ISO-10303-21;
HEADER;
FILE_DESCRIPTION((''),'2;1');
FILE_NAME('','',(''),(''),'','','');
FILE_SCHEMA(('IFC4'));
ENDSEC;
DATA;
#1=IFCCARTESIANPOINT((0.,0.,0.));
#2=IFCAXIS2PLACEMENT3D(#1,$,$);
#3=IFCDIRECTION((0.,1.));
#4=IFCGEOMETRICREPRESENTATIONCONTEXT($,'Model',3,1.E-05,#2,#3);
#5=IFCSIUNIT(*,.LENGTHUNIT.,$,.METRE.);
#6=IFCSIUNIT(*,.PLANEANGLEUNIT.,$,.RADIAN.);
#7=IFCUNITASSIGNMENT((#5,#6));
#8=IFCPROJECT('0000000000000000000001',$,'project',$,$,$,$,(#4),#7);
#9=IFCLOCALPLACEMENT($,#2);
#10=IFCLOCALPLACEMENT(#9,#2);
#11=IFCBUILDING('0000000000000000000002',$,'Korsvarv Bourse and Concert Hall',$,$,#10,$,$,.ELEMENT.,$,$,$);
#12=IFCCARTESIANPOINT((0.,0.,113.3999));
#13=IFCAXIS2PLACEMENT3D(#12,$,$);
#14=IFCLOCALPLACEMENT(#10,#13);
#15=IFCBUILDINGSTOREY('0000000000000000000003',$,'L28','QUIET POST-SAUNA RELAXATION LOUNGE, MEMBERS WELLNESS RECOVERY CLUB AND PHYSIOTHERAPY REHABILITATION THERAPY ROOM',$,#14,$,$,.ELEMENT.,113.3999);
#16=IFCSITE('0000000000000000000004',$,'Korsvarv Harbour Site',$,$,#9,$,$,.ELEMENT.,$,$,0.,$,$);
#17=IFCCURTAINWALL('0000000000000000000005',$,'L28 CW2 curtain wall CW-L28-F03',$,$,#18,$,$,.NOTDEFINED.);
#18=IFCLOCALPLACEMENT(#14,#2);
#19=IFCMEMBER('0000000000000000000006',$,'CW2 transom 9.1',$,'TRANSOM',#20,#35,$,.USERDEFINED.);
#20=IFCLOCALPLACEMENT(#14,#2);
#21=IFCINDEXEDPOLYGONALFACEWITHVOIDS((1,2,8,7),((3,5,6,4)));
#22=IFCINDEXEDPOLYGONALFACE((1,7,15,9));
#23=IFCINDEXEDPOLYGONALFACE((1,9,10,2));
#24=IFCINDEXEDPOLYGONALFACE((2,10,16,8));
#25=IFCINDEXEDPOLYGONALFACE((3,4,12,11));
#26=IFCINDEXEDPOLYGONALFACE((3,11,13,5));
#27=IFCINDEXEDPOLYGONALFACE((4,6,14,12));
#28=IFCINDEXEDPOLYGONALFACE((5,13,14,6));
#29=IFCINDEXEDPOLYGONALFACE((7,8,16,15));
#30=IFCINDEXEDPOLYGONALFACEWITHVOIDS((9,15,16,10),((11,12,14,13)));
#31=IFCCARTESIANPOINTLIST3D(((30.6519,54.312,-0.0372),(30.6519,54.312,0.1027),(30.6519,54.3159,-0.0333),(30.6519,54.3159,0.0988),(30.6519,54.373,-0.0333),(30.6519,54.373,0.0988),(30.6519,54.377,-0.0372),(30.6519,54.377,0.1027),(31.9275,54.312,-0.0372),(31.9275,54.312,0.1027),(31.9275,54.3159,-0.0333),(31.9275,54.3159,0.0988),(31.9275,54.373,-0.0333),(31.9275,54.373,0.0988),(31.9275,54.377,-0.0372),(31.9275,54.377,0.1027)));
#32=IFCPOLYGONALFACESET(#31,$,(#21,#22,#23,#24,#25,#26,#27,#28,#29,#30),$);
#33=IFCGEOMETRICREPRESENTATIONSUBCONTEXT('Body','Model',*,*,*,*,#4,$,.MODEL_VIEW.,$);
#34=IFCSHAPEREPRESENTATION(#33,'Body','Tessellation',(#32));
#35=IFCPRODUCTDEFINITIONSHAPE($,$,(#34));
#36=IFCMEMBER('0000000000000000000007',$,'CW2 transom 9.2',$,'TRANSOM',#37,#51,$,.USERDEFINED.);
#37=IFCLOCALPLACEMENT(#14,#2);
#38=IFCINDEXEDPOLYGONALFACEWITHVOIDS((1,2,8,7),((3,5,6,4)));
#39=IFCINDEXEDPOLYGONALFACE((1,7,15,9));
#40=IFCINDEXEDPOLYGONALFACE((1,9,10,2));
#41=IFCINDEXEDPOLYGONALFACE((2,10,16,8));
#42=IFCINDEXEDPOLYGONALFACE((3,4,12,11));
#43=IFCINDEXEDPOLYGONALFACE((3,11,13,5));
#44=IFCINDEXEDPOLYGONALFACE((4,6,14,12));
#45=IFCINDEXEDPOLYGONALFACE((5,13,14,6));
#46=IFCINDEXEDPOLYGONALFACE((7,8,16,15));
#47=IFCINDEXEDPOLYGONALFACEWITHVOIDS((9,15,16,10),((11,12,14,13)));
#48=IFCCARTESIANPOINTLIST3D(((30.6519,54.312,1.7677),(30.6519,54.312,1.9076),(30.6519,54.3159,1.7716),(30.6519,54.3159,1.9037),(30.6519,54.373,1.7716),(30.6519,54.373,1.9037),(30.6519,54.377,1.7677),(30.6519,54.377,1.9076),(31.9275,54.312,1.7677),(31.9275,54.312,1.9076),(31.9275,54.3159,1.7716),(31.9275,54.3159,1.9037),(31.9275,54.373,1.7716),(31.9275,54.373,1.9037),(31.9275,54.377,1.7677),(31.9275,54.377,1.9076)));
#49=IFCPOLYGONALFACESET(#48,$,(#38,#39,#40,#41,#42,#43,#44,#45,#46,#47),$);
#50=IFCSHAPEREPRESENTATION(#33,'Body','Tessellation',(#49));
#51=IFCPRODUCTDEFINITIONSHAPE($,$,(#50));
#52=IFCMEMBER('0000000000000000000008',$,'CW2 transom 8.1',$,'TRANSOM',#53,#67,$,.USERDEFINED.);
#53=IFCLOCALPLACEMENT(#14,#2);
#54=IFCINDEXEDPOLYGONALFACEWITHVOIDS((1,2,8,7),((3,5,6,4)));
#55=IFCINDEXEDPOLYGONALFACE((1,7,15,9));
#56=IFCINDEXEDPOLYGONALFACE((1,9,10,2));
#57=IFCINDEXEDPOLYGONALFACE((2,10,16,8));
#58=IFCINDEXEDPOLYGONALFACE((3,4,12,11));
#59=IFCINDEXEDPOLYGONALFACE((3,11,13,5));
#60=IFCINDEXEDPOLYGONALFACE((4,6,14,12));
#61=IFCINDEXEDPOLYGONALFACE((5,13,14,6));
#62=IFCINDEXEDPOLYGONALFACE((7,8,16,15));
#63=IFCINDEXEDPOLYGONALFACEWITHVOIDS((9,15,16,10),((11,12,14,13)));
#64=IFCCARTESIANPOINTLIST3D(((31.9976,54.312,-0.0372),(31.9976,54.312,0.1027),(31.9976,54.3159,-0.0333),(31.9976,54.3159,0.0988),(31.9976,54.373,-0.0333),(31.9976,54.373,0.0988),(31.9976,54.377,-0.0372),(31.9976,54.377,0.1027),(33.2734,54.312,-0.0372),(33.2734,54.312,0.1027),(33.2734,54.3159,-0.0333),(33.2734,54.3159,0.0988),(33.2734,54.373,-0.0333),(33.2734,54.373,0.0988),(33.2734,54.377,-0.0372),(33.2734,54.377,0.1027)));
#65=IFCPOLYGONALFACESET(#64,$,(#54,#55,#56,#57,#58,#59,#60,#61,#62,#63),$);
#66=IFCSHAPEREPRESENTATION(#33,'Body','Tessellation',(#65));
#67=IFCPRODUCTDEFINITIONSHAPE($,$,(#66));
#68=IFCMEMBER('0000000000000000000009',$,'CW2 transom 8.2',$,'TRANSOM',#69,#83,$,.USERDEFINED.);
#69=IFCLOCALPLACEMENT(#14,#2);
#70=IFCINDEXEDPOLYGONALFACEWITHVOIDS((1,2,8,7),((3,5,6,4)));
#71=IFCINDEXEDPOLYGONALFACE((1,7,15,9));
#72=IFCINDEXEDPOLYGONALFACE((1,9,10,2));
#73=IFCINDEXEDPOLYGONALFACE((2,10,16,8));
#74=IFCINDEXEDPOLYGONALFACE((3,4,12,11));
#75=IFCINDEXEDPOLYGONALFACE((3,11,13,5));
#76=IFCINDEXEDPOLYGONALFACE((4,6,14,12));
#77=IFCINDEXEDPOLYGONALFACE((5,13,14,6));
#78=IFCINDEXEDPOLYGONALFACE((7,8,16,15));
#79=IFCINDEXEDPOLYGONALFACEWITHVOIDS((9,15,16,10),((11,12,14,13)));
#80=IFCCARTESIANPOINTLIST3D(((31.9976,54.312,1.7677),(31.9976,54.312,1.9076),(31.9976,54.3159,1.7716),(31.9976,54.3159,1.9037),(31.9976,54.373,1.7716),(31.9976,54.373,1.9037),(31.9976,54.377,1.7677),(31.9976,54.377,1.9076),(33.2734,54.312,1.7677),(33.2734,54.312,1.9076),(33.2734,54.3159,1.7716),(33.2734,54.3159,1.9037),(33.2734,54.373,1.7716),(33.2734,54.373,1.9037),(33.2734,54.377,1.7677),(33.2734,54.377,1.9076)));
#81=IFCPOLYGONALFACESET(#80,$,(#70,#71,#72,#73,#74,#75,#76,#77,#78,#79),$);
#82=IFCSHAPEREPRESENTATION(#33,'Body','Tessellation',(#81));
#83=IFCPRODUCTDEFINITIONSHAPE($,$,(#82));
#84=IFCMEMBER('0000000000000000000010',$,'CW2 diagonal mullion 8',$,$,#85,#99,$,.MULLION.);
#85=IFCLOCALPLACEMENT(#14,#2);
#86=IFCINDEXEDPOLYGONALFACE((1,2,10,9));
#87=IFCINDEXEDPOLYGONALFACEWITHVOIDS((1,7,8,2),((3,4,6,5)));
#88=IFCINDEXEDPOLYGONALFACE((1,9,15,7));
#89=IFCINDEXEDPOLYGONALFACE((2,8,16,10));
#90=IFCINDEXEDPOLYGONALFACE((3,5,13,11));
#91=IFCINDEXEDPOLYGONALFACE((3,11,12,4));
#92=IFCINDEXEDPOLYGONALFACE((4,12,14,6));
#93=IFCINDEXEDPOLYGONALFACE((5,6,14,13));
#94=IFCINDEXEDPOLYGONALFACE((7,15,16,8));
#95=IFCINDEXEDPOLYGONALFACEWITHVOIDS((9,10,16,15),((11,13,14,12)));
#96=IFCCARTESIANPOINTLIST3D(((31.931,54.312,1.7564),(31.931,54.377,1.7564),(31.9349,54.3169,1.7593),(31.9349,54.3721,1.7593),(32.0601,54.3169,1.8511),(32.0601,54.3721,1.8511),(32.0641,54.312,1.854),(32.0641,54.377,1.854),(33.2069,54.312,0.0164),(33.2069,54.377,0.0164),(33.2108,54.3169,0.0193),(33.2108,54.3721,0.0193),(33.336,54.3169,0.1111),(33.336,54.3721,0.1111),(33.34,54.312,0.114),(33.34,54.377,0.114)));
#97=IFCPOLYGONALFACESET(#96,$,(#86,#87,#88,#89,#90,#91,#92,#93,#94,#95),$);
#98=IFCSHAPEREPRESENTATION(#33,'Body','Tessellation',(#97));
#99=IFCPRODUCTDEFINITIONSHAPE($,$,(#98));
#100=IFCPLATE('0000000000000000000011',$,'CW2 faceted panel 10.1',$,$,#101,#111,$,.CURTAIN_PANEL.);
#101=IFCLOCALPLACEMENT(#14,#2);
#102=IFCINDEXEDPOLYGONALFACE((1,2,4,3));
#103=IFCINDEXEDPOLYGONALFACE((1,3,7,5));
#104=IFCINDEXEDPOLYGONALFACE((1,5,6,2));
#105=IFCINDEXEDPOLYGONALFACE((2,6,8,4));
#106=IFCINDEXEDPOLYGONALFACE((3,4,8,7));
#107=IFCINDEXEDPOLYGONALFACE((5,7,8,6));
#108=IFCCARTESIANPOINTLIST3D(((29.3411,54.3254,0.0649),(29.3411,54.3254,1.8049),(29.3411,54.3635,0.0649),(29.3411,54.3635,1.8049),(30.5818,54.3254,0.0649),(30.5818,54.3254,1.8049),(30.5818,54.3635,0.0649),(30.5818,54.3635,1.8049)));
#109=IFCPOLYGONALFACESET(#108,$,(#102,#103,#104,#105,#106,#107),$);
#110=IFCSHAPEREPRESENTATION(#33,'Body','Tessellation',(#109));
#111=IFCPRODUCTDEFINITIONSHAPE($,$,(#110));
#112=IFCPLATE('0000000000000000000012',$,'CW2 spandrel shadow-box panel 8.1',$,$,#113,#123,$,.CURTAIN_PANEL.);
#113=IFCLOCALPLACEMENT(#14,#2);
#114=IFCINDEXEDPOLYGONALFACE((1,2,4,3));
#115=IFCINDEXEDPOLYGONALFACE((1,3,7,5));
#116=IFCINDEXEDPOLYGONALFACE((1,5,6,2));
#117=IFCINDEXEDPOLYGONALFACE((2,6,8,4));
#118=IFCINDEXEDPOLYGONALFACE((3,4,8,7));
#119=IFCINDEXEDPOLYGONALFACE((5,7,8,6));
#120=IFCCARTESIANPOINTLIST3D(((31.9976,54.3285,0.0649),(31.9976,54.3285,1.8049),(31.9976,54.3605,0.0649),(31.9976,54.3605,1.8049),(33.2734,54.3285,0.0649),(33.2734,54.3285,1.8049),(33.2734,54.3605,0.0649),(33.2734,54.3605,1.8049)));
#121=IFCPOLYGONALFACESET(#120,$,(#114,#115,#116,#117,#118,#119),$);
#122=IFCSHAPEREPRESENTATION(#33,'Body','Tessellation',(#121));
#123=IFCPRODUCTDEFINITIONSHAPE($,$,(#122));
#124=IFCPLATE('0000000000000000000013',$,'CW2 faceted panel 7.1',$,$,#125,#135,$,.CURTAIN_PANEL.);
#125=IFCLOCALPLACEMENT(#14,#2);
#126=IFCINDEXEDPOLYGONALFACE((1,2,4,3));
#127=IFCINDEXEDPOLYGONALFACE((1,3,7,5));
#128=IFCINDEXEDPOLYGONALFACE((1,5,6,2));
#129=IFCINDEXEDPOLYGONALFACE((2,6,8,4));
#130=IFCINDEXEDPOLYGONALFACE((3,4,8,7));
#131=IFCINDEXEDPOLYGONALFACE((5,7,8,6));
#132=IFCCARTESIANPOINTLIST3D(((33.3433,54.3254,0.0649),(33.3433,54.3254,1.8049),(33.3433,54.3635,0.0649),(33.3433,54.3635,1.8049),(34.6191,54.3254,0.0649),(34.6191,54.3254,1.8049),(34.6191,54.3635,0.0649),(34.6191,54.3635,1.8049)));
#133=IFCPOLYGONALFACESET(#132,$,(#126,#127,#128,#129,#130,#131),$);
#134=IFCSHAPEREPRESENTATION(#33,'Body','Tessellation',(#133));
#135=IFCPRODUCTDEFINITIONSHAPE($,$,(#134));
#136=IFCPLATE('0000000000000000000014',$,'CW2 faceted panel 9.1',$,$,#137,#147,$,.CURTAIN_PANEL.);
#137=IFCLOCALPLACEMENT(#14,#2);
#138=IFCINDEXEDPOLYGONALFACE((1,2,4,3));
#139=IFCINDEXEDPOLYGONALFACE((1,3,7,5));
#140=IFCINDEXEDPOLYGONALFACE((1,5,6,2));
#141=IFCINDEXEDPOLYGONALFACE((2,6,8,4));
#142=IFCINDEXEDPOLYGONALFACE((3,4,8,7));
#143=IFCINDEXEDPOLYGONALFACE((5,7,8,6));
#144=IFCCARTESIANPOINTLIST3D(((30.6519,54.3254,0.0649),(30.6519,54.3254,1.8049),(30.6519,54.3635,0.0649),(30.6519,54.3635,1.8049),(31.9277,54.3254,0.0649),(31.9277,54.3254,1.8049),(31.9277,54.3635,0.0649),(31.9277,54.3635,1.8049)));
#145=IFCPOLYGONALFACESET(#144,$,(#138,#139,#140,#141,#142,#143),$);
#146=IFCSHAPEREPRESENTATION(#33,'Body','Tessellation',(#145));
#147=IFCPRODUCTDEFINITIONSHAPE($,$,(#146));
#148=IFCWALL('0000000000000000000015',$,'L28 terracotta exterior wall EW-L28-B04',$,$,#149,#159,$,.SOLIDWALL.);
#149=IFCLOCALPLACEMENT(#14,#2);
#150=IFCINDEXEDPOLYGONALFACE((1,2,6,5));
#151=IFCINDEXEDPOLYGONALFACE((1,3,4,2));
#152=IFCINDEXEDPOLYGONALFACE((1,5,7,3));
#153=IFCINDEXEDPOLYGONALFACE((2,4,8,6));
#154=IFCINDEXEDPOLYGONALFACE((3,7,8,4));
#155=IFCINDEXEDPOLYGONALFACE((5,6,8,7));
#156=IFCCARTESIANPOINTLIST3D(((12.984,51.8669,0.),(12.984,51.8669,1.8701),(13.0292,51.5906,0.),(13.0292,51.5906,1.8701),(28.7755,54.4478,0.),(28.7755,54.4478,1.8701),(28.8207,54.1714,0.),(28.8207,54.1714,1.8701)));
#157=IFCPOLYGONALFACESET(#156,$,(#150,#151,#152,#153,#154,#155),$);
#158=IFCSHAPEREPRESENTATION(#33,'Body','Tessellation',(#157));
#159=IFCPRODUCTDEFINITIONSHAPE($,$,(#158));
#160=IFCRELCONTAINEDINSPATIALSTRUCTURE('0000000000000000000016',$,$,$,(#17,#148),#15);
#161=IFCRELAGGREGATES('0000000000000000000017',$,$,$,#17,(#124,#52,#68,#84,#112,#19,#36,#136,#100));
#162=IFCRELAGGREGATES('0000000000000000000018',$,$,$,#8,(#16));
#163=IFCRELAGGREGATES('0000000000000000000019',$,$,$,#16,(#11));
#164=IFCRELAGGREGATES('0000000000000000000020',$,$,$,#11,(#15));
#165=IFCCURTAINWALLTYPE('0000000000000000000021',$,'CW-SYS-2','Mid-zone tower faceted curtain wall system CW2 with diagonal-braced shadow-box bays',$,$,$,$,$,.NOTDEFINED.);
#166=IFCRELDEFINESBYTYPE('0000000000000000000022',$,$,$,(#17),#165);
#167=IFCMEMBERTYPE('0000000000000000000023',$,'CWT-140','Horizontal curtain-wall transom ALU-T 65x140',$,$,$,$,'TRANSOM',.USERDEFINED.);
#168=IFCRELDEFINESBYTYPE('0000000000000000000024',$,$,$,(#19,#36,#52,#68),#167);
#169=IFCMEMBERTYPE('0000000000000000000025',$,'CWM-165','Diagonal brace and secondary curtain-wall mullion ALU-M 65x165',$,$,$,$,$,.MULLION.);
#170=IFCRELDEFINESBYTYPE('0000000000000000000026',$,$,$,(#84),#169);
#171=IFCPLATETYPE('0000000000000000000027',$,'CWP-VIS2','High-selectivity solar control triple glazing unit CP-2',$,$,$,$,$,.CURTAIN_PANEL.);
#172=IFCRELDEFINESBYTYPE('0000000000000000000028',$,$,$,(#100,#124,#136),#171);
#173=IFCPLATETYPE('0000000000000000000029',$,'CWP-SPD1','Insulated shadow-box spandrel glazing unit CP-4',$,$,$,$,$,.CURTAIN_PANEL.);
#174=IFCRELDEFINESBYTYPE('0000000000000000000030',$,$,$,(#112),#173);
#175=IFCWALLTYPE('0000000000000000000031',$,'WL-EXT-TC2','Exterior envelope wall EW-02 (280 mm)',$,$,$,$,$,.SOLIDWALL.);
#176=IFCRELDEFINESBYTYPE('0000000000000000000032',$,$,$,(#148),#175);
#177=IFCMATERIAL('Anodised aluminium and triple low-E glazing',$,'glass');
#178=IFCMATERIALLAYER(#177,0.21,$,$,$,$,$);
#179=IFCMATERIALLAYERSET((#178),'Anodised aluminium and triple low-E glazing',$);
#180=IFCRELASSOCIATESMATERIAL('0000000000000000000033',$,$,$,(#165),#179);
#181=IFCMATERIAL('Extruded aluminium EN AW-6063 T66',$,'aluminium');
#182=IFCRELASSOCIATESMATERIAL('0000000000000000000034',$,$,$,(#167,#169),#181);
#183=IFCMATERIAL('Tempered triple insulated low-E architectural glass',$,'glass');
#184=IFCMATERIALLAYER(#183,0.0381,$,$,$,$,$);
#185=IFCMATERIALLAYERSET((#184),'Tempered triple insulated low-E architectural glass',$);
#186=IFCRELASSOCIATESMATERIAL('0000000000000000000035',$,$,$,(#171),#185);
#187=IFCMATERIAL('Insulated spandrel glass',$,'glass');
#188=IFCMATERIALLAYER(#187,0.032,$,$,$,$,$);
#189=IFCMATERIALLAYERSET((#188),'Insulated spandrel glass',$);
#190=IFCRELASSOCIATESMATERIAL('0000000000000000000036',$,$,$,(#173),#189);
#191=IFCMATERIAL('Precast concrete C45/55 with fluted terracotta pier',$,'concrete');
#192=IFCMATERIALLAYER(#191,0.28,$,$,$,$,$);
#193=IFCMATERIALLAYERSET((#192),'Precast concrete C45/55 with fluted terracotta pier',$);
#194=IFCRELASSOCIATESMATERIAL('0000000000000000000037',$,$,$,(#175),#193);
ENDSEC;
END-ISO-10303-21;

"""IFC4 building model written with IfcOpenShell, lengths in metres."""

from ifc_helpers import new_model, si_unit, direction, frame, frame_2d, origin, origin_2d, place, context, subcontext, project, spatial, rectangle, hollow_rectangle, extrude, source, transform, mapped, material, layer, layer_set, material_profile, profile_set, type_object, element, aggregate, save


model = new_model("IFC4")

# Units and contexts
model_context = context("Model", 3, precision=1e-05, world=origin(), true_north=direction((0.0, 1.0)))
body_context = subcontext(model_context, "Body", "Model", "MODEL_VIEW")
ifc_project = project(units=[si_unit("LENGTHUNIT", "METRE"), si_unit("PLANEANGLEUNIT", "RADIAN")], contexts=[model_context])

# Site, building, storey
site_placement = place(None, origin())
site = spatial("IfcSite", under=ifc_project, at=site_placement, Name="Korsvarv Harbour Site", CompositionType="ELEMENT", RefElevation=0.0)
building_placement = place(site_placement, origin())
building = spatial("IfcBuilding", under=site, at=building_placement, Name="Korsvarv Bourse and Concert Hall", CompositionType="ELEMENT")
storey_placement = place(building_placement, frame((0.0, 0.0, 113.3999)))
storey = spatial("IfcBuildingStorey", under=building, at=storey_placement, Name="L28", Description="QUIET POST-SAUNA RELAXATION LOUNGE, MEMBERS WELLNESS RECOVERY CLUB AND PHYSIOTHERAPY REHABILITATION THERAPY ROOM", CompositionType="ELEMENT", Elevation=113.3999)

# Curtain wall, members, plates
ifc_material_1 = material(Name="Anodised aluminium and triple low-E glazing", Category="glass")
ifc_layer_1 = layer(ifc_material_1, 0.21)
ifc_layer_set_1 = layer_set([ifc_layer_1], Name="Anodised aluminium and triple low-E glazing")
curtain_wall_type = type_object("IfcCurtainWallType", Name="CW-SYS-2", Description="Mid-zone tower faceted curtain wall system CW2 with diagonal-braced shadow-box bays", PredefinedType="NOTDEFINED", material=ifc_layer_set_1)
curtain_wall_placement = place(storey_placement, origin())
curtain_wall = element("IfcCurtainWall", 1, at=curtain_wall_placement, inside=storey, type_object=curtain_wall_type, Name="L28 CW2 curtain wall CW-L28-F03", PredefinedType="NOTDEFINED")
ifc_material_2 = material(Name="Extruded aluminium EN AW-6063 T66", Category="aluminium")
ifc_material_profile_1 = material_profile(ifc_material_2, hollow_rectangle(XDim=0.0649, YDim=0.1399, WallThickness=0.0039, at=origin_2d()), Name="ALU-T 65x140")
ifc_profile_set_1 = profile_set([ifc_material_profile_1], Name="Extruded aluminium EN AW-6063 T66")
member_type_1 = type_object("IfcMemberType", Name="CWT-140", Description="Horizontal curtain-wall transom ALU-T 65x140", ElementType="TRANSOM", PredefinedType="USERDEFINED", material=ifc_profile_set_1)
shared_shape_1 = source(origin(), body_context, "Body", "SweptSolid", [
    extrude(hollow_rectangle(XDim=0.0649, YDim=0.1399, WallThickness=0.0039, at=origin_2d()), origin(), (0.0, 0.0, 1.0), 1.2756),
])
member_1_placement = place(storey_placement, frame((31.9275, 54.3445, 0.0327), z_axis=(-1.0, 0.0, 0.0), x_axis=(0.0, -1.0, 0.0)))
member_1 = element("IfcMember", 2, at=member_1_placement, type_object=member_type_1, Name="CW2 transom 9.1", ObjectType="TRANSOM", PredefinedType="USERDEFINED", context=body_context, shape_type="MappedRepresentation", body=[
    mapped(shared_shape_1, transform((0.0, 0.0, 0.0), scale=1.0)),
])
member_2_placement = place(storey_placement, frame((31.9275, 54.3445, 1.8376), z_axis=(-1.0, 0.0, 0.0), x_axis=(0.0, -1.0, 0.0)))
member_2 = element("IfcMember", 3, at=member_2_placement, type_object=member_type_1, Name="CW2 transom 9.2", ObjectType="TRANSOM", PredefinedType="USERDEFINED", context=body_context, shape_type="MappedRepresentation", body=[
    mapped(shared_shape_1, transform((0.0, 0.0, 0.0), scale=1.0)),
])
shared_shape_2 = source(origin(), body_context, "Body", "SweptSolid", [
    extrude(hollow_rectangle(XDim=0.0649, YDim=0.1399, WallThickness=0.0039, at=origin_2d()), origin(), (0.0, 0.0, 1.0), 1.2759),
])
member_3_placement = place(storey_placement, frame((33.2734, 54.3445, 0.0327), z_axis=(-1.0, 0.0, 0.0), x_axis=(0.0, -1.0, 0.0)))
member_3 = element("IfcMember", 4, at=member_3_placement, type_object=member_type_1, Name="CW2 transom 8.1", ObjectType="TRANSOM", PredefinedType="USERDEFINED", context=body_context, shape_type="MappedRepresentation", body=[
    mapped(shared_shape_2, transform((0.0, 0.0, 0.0), scale=1.0)),
])
member_4_placement = place(storey_placement, frame((33.2734, 54.3445, 1.8376), z_axis=(-1.0, 0.0, 0.0), x_axis=(0.0, -1.0, 0.0)))
member_4 = element("IfcMember", 5, at=member_4_placement, type_object=member_type_1, Name="CW2 transom 8.2", ObjectType="TRANSOM", PredefinedType="USERDEFINED", context=body_context, shape_type="MappedRepresentation", body=[
    mapped(shared_shape_2, transform((0.0, 0.0, 0.0), scale=1.0)),
])
ifc_material_profile_2 = material_profile(ifc_material_2, hollow_rectangle(XDim=0.0649, YDim=0.165, WallThickness=0.0049, at=origin_2d()), Name="ALU-M 65x165")
ifc_profile_set_2 = profile_set([ifc_material_profile_2], Name="Extruded aluminium EN AW-6063 T66")
member_type_2 = type_object("IfcMemberType", Name="CWM-165", Description="Diagonal brace and secondary curtain-wall mullion ALU-M 65x165", PredefinedType="MULLION", material=ifc_profile_set_2)
shared_shape_3 = source(origin(), body_context, "Body", "SweptSolid", [
    extrude(hollow_rectangle(XDim=0.0649, YDim=0.165, WallThickness=0.0049, at=origin_2d()), origin(), (0.0, 0.0, 1.0), 2.1577),
])
member_5_placement = place(storey_placement, frame((33.2734, 54.3445, 0.0652), z_axis=(-0.591329, 0.0, 0.80643), x_axis=(0.0, -1.0, 0.0)))
member_5 = element("IfcMember", 6, at=member_5_placement, type_object=member_type_2, Name="CW2 diagonal mullion 8", PredefinedType="MULLION", context=body_context, shape_type="MappedRepresentation", body=[
    mapped(shared_shape_3, transform((0.0, 0.0, 0.0), scale=1.0)),
])
ifc_material_3 = material(Name="Tempered triple insulated low-E architectural glass", Category="glass")
ifc_layer_2 = layer(ifc_material_3, 0.0381)
ifc_layer_set_2 = layer_set([ifc_layer_2], Name="Tempered triple insulated low-E architectural glass")
plate_type_1 = type_object("IfcPlateType", Name="CWP-VIS2", Description="High-selectivity solar control triple glazing unit CP-2", PredefinedType="CURTAIN_PANEL", material=ifc_layer_set_2)
shared_shape_4 = source(origin(), body_context, "Body", "SweptSolid", [
    extrude(rectangle(XDim=1.2407, YDim=0.0381, at=origin_2d()), origin(), (0.0, 0.0, 1.0), 1.74),
])
plate_1_placement = place(storey_placement, frame((29.9614, 54.3445, 0.0649), z_axis=(0.0, 0.0, 1.0), x_axis=(-1.0, 0.0, 0.0)))
plate_1 = element("IfcPlate", 7, at=plate_1_placement, type_object=plate_type_1, Name="CW2 faceted panel 10.1", PredefinedType="CURTAIN_PANEL", context=body_context, shape_type="MappedRepresentation", body=[
    mapped(shared_shape_4, transform((0.0, 0.0, 0.0), scale=1.0)),
])
ifc_material_4 = material(Name="Insulated spandrel glass", Category="glass")
ifc_layer_3 = layer(ifc_material_4, 0.032)
ifc_layer_set_3 = layer_set([ifc_layer_3], Name="Insulated spandrel glass")
plate_type_2 = type_object("IfcPlateType", Name="CWP-SPD1", Description="Insulated shadow-box spandrel glazing unit CP-4", PredefinedType="CURTAIN_PANEL", material=ifc_layer_set_3)
shared_shape_5 = source(origin(), body_context, "Body", "SweptSolid", [
    extrude(rectangle(XDim=1.2759, YDim=0.032, at=origin_2d()), origin(), (0.0, 0.0, 1.0), 1.74),
])
plate_2_placement = place(storey_placement, frame((32.6355, 54.3445, 0.0649), z_axis=(0.0, 0.0, 1.0), x_axis=(-1.0, 0.0, 0.0)))
plate_2 = element("IfcPlate", 8, at=plate_2_placement, type_object=plate_type_2, Name="CW2 spandrel shadow-box panel 8.1", PredefinedType="CURTAIN_PANEL", context=body_context, shape_type="MappedRepresentation", body=[
    mapped(shared_shape_5, transform((0.0, 0.0, 0.0), scale=1.0)),
])
shared_shape_6 = source(origin(), body_context, "Body", "SweptSolid", [
    extrude(rectangle(XDim=1.2759, YDim=0.0381, at=origin_2d()), origin(), (0.0, 0.0, 1.0), 1.74),
])
plate_3_placement = place(storey_placement, frame((33.9812, 54.3445, 0.0649), z_axis=(0.0, 0.0, 1.0), x_axis=(-1.0, 0.0, 0.0)))
plate_3 = element("IfcPlate", 9, at=plate_3_placement, type_object=plate_type_1, Name="CW2 faceted panel 7.1", PredefinedType="CURTAIN_PANEL", context=body_context, shape_type="MappedRepresentation", body=[
    mapped(shared_shape_6, transform((0.0, 0.0, 0.0), scale=1.0)),
])
plate_4_placement = place(storey_placement, frame((31.2898, 54.3445, 0.0649), z_axis=(0.0, 0.0, 1.0), x_axis=(-1.0, 0.0, 0.0)))
plate_4 = element("IfcPlate", 10, at=plate_4_placement, type_object=plate_type_1, Name="CW2 faceted panel 9.1", PredefinedType="CURTAIN_PANEL", context=body_context, shape_type="MappedRepresentation", body=[
    mapped(shared_shape_6, transform((0.0, 0.0, 0.0), scale=1.0)),
])
aggregate(curtain_wall, [plate_3, member_3, member_4, member_5, plate_2, member_1, member_2, plate_4, plate_1])

# Wall
ifc_material_5 = material(Name="Precast concrete C45/55 with fluted terracotta pier", Category="concrete")
ifc_layer_4 = layer(ifc_material_5, 0.28)
ifc_layer_set_4 = layer_set([ifc_layer_4], Name="Precast concrete C45/55 with fluted terracotta pier")
wall_type = type_object("IfcWallType", Name="WL-EXT-TC2", Description="Exterior envelope wall EW-02 (280 mm)", PredefinedType="SOLIDWALL", material=ifc_layer_set_4)
wall_placement = place(storey_placement, frame((28.7981, 54.3096, 0.0), z_axis=(0.0, 0.0, 1.0), x_axis=(-0.986907, -0.161291, 0.0)))
element("IfcWall", 11, at=wall_placement, inside=storey, type_object=wall_type, Name="L28 terracotta exterior wall EW-L28-B04", PredefinedType="SOLIDWALL", context=body_context, shape_type="SweptSolid", body=[
    extrude(rectangle(XDim=16.001, YDim=0.28, at=frame_2d((8.0005, 0.0))), origin(), (0.0, 0.0, 1.0), 1.8701),
])

save(model, "model.ifc")
